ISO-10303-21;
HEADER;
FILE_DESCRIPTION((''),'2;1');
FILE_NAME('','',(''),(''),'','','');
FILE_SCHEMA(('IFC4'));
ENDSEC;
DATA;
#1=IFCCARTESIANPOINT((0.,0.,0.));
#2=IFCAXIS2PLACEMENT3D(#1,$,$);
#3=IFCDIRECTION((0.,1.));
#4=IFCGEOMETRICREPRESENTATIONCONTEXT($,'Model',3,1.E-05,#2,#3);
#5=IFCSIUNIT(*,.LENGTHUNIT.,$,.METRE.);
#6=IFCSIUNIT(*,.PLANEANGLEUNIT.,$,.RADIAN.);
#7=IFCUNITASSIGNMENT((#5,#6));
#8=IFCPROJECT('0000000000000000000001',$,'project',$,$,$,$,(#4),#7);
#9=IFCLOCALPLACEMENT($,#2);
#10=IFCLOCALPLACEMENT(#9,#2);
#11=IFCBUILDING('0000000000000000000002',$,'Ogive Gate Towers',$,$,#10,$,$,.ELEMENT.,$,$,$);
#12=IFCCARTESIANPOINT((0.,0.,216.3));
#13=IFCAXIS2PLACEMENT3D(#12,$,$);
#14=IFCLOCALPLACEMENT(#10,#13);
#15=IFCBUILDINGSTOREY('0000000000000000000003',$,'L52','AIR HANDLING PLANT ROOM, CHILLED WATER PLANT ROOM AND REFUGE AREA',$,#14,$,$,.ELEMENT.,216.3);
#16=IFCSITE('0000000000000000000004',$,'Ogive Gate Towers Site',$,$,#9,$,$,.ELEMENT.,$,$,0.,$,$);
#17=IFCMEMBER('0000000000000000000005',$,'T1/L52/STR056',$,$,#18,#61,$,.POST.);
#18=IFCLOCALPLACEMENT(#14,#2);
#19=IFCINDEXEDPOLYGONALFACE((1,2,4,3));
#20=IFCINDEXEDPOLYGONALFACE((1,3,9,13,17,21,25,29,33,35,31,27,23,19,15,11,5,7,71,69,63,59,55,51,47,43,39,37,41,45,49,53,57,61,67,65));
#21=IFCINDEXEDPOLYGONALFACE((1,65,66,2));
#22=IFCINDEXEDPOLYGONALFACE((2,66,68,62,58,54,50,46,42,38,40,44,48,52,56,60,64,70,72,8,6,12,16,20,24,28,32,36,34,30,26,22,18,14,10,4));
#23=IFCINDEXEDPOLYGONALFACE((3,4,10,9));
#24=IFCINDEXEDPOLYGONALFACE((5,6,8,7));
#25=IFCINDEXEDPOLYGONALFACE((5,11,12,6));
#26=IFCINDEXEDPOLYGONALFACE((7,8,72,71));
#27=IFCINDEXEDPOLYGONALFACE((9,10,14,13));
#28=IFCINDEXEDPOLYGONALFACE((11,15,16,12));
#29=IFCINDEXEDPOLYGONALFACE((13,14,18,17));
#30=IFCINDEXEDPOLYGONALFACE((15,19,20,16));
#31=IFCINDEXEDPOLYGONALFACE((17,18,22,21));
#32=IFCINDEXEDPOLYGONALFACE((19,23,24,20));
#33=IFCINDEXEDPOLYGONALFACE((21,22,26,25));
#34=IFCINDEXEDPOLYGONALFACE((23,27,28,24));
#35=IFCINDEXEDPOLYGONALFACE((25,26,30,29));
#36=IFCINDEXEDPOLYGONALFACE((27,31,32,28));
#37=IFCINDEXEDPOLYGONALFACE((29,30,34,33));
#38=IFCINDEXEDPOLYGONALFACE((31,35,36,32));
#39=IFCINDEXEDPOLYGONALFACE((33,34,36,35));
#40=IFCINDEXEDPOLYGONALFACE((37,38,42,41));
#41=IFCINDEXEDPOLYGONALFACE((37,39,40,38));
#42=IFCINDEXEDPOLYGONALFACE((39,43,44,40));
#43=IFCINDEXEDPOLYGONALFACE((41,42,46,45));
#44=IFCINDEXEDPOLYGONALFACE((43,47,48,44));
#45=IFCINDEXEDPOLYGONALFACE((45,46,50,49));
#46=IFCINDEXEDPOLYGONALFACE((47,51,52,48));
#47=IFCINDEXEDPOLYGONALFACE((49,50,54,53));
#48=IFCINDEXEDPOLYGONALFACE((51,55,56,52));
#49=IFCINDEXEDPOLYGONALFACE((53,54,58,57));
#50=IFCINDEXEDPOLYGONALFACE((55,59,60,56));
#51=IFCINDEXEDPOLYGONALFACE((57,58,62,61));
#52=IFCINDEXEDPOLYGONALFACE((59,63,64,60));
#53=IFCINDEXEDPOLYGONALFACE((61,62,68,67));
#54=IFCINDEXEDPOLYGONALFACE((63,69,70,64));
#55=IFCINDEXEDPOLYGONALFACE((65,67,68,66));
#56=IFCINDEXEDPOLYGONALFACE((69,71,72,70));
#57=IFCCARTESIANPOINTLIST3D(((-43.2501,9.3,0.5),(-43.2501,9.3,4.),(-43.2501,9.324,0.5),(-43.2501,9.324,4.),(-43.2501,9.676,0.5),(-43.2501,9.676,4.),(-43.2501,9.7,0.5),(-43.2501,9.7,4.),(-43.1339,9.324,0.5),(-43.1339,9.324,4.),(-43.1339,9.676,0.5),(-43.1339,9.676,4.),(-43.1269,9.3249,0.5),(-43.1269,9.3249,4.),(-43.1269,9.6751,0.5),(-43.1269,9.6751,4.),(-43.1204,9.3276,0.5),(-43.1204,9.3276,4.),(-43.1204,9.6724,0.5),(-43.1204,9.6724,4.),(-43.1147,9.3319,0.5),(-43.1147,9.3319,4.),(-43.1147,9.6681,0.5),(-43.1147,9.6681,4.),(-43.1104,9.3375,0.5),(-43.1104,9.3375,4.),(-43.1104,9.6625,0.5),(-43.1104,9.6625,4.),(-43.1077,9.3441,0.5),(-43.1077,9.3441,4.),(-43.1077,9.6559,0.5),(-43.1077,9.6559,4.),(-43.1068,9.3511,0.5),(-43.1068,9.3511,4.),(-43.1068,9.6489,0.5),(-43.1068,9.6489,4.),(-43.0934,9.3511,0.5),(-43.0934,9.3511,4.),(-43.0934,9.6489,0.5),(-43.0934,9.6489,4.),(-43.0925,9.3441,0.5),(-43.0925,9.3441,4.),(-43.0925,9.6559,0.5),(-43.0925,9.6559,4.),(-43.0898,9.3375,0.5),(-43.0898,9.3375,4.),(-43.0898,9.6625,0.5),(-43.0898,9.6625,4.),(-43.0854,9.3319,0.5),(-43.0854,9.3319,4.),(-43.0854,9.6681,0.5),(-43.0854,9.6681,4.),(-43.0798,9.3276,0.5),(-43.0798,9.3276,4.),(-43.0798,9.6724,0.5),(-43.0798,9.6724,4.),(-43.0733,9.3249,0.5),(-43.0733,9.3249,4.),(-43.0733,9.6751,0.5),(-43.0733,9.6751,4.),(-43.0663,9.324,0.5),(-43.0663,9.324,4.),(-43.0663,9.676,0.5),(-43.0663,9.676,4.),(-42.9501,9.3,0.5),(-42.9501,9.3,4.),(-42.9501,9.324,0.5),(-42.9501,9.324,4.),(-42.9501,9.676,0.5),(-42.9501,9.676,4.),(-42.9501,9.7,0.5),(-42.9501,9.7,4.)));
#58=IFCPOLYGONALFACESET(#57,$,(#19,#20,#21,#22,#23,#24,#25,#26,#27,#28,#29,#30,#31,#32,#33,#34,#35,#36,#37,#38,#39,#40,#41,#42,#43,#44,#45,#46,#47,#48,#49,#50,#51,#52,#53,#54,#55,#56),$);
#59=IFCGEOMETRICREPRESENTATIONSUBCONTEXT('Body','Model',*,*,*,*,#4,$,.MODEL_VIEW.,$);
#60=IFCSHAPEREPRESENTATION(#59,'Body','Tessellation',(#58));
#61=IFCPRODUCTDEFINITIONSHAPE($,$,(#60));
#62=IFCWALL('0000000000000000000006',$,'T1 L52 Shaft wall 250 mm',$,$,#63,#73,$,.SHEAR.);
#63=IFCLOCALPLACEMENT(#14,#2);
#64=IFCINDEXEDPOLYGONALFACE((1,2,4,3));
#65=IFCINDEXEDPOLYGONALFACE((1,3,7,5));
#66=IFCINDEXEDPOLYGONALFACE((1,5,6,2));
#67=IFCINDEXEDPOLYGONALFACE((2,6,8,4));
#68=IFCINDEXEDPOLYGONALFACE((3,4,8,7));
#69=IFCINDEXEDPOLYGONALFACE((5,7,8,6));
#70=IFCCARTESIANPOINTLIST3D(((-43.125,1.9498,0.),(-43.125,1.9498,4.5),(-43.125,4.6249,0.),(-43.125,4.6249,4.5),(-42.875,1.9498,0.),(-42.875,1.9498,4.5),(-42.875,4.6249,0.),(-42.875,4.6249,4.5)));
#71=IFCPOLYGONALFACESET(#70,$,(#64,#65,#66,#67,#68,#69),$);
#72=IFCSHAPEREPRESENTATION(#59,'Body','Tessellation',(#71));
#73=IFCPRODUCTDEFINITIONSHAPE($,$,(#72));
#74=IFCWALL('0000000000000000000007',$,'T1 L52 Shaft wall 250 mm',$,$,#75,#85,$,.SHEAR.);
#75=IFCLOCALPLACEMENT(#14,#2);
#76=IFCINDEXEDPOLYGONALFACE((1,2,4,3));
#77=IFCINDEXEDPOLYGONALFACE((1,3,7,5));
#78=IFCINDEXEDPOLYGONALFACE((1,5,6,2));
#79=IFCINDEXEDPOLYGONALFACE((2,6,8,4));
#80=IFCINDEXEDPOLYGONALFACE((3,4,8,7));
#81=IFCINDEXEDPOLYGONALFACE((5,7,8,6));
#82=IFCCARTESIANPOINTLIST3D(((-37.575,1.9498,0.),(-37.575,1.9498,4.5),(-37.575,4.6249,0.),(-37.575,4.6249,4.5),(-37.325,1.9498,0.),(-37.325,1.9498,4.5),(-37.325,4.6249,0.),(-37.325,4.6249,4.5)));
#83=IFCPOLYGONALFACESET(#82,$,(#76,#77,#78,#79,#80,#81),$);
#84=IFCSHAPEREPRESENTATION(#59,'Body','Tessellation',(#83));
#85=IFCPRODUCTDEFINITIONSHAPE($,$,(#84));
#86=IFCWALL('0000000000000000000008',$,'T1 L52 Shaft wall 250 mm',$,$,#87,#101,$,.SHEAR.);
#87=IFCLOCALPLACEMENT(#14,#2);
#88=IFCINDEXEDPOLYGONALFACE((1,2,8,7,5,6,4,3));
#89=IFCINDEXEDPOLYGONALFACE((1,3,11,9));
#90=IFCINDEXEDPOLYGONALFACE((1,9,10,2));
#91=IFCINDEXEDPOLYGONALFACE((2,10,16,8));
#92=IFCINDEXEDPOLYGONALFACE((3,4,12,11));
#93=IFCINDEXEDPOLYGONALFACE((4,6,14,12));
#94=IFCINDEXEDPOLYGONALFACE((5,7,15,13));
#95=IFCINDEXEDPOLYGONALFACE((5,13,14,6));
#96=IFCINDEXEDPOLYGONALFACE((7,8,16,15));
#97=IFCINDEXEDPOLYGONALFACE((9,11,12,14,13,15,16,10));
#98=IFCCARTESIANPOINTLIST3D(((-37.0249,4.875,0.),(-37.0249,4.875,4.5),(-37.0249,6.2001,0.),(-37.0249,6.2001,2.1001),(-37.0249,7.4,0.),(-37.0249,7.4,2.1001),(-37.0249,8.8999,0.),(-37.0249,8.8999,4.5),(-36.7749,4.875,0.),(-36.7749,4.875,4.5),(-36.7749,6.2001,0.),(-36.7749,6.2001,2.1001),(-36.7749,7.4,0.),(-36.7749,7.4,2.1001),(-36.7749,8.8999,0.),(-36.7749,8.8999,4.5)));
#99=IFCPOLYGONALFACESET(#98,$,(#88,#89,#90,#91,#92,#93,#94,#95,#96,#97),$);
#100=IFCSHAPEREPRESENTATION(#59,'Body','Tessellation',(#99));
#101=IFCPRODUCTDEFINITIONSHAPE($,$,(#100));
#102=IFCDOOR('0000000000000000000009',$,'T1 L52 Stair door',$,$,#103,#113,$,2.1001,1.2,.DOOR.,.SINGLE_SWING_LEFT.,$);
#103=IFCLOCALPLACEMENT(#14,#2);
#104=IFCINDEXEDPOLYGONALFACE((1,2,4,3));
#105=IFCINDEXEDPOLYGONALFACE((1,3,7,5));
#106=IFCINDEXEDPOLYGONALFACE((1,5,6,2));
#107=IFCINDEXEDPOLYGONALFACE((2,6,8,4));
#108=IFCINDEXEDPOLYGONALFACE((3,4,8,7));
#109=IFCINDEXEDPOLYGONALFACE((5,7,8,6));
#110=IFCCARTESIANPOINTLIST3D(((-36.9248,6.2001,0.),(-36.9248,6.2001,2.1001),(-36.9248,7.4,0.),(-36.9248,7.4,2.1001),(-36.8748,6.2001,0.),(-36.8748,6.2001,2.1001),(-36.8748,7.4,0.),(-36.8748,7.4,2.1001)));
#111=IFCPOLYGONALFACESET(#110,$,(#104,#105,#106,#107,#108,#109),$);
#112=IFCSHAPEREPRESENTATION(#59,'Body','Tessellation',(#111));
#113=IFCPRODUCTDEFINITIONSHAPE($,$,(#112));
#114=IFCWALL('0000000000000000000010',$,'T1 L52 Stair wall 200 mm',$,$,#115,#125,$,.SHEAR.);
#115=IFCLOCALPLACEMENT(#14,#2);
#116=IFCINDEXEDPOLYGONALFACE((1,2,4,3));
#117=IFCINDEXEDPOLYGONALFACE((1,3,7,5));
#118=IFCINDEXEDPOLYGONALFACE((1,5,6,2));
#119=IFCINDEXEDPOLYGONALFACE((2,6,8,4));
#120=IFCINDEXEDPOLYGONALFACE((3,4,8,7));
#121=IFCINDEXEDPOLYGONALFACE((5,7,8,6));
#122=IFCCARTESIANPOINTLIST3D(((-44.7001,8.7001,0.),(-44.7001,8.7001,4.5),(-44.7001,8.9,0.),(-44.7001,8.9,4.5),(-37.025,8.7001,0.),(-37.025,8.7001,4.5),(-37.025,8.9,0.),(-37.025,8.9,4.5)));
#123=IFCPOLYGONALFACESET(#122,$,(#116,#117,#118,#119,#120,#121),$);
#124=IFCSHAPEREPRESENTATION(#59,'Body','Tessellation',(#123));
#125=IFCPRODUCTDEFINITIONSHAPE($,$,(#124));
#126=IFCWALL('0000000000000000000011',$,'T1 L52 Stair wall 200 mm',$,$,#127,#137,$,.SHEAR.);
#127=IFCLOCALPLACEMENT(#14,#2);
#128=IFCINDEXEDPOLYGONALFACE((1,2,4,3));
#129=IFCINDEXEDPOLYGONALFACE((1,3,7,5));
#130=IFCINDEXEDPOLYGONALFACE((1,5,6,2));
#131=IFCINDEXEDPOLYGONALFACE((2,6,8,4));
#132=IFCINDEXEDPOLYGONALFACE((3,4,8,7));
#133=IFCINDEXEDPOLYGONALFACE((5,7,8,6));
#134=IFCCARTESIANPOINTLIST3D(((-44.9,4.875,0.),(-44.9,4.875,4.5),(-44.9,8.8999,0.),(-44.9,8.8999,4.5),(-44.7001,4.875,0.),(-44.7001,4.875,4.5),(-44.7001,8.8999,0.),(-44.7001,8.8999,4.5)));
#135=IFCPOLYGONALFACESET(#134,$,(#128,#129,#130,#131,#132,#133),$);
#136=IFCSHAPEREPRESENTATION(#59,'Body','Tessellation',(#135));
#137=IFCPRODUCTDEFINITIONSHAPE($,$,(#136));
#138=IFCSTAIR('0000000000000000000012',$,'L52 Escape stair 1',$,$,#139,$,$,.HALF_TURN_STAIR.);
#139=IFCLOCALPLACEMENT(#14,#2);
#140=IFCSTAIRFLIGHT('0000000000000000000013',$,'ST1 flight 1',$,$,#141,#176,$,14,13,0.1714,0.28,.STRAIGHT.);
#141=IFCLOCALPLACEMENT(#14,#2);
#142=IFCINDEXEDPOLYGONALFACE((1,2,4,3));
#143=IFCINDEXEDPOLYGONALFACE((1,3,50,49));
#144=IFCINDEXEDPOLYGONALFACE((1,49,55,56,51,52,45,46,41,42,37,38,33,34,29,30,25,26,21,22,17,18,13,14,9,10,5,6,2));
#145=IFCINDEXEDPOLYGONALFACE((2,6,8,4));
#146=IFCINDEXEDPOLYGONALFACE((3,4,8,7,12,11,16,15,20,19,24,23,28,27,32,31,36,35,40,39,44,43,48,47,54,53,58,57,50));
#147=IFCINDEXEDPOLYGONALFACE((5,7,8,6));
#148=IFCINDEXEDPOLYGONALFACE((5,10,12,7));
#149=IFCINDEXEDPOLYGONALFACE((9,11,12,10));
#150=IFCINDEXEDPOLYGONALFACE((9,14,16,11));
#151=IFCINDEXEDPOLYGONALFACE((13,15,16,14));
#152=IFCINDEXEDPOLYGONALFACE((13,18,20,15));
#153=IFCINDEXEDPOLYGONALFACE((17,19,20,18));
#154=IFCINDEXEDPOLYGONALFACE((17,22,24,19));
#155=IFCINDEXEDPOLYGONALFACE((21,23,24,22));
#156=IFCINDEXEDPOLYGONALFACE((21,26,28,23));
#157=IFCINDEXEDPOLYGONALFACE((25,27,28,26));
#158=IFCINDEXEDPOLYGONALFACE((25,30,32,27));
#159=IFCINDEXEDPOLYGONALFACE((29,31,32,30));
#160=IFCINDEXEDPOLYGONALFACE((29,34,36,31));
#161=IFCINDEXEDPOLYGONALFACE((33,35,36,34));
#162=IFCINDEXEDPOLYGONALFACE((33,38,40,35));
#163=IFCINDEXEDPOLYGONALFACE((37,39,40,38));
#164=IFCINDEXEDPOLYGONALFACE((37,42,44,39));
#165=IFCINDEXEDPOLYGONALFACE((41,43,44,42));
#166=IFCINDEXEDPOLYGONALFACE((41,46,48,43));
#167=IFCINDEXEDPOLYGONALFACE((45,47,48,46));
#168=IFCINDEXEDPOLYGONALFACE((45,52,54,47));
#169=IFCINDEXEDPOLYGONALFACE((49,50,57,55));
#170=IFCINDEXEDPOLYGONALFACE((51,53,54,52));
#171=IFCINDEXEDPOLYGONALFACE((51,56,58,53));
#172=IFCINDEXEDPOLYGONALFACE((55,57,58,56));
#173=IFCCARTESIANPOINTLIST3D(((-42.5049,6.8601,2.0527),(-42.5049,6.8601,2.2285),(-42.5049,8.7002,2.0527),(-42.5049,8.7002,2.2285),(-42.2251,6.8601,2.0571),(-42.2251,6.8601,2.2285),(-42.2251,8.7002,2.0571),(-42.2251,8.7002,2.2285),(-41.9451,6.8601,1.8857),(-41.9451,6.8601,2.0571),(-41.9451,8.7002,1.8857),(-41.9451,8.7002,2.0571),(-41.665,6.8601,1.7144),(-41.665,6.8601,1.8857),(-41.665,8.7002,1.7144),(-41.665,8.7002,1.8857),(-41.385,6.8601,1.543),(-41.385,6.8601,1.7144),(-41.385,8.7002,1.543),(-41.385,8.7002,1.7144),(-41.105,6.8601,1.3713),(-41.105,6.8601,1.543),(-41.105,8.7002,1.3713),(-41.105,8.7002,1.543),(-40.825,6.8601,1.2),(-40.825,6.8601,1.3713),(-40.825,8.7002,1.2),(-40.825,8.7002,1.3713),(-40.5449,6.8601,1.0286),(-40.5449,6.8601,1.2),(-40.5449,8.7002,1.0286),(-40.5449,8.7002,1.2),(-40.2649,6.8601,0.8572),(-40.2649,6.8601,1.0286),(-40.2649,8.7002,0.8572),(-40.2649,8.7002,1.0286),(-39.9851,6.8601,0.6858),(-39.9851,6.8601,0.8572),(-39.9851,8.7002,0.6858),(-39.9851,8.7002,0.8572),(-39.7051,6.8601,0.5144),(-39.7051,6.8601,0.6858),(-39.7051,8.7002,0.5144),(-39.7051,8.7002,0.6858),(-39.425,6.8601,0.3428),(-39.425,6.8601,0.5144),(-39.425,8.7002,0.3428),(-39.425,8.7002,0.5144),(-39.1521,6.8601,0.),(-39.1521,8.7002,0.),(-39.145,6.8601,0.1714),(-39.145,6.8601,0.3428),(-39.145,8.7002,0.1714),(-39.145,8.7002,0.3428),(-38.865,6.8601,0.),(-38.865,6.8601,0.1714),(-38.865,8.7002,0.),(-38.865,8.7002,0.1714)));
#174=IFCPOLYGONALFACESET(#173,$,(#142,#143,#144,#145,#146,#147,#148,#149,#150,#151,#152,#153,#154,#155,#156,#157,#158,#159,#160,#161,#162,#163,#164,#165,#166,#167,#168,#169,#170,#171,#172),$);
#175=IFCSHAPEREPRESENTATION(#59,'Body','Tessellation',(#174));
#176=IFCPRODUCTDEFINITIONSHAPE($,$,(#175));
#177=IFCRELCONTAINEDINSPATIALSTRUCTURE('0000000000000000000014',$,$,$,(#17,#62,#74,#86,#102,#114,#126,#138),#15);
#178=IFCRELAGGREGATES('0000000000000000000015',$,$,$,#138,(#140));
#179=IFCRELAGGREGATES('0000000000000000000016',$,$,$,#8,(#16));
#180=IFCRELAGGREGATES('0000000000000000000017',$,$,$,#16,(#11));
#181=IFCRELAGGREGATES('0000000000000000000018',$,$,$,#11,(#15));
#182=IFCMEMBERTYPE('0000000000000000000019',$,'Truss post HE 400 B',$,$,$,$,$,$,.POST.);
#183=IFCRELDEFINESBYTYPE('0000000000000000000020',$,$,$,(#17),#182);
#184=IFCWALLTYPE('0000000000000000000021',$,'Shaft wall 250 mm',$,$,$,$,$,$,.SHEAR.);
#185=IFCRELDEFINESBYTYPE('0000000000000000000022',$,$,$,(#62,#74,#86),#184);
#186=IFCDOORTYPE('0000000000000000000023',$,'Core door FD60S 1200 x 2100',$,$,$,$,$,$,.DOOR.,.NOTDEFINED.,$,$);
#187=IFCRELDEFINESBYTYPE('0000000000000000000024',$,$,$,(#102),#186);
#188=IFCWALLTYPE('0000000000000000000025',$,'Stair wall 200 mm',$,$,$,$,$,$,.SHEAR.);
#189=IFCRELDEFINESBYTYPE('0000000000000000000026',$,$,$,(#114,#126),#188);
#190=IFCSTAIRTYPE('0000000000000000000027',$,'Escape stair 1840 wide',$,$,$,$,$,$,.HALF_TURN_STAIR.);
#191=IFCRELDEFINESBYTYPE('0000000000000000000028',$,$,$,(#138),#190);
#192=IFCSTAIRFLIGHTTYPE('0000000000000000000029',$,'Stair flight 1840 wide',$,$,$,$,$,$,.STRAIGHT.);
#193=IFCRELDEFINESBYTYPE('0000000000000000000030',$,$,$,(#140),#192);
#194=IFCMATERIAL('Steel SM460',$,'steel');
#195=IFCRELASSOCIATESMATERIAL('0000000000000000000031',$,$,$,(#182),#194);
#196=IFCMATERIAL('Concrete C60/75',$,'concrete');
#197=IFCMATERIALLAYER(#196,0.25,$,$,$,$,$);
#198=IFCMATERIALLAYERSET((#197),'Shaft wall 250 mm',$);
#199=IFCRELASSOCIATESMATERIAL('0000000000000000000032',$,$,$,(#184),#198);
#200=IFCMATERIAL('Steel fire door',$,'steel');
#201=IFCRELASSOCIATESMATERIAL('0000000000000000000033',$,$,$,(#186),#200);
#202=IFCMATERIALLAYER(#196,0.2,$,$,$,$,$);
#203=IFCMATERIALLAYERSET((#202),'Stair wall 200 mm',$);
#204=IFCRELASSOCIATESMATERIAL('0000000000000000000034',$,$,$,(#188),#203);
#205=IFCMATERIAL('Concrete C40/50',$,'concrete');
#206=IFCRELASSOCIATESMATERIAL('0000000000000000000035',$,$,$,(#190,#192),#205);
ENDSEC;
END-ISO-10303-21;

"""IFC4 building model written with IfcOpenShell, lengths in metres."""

from ifc_helpers import new_model, si_unit, direction, frame, frame_2d, origin, origin_2d, place, context, subcontext, project, spatial, polyline, rectangle, i_section, outline, extrude, material, layer, layer_set, material_profile, profile_set, type_object, element, fill, aggregate, save


model = new_model("IFC4")

# Units and contexts
model_context = context("Model", 3, precision=1e-05, world=origin(), true_north=direction((0.0, 1.0)))
body_context = subcontext(model_context, "Body", "Model", "MODEL_VIEW")
ifc_project = project(units=[si_unit("LENGTHUNIT", "METRE"), si_unit("PLANEANGLEUNIT", "RADIAN")], contexts=[model_context])

# Site, building, storey
site_placement = place(None, origin())
site = spatial("IfcSite", under=ifc_project, at=site_placement, Name="Ogive Gate Towers Site", CompositionType="ELEMENT", RefElevation=0.0)
building_placement = place(site_placement, origin())
building = spatial("IfcBuilding", under=site, at=building_placement, Name="Ogive Gate Towers", CompositionType="ELEMENT")
storey_placement = place(building_placement, frame((0.0, 0.0, 216.3)))
storey = spatial("IfcBuildingStorey", under=building, at=storey_placement, Name="L52", Description="AIR HANDLING PLANT ROOM, CHILLED WATER PLANT ROOM AND REFUGE AREA", CompositionType="ELEMENT", Elevation=216.3)

# Shared definitions
ifc_material_1 = material(Name="Steel SM460", Category="steel")

# Member
ifc_material_profile_1 = material_profile(ifc_material_1, i_section(OverallWidth=0.3, OverallDepth=0.3999, WebThickness=0.0134, FlangeThickness=0.0239, FilletRadius=0.0271, at=origin_2d()), Name="HE 400 B")
ifc_profile_set_1 = profile_set([ifc_material_profile_1], Name="Steel SM460")
member_type_1 = type_object("IfcMemberType", Name="Truss post HE 400 B", PredefinedType="POST", material=ifc_profile_set_1)
member_1_placement = place(storey_placement, frame((-43.1001, 9.5, 0.5), z_axis=(0.0, 0.0, 1.0), x_axis=(1.0, 0.0, 0.0)))
element("IfcMember", 1, at=member_1_placement, inside=storey, type_object=member_type_1, Name="T1/L52/STR056", PredefinedType="POST", context=body_context, shape_type="SweptSolid", body=[
    extrude(i_section(OverallWidth=0.3, OverallDepth=0.3999, WebThickness=0.0134, FlangeThickness=0.0239, FilletRadius=0.0271, at=origin_2d()), origin(), (0.0, 0.0, 1.0), 3.5),
])

# Walls
ifc_material_2 = material(Name="Concrete C60/75", Category="concrete")
ifc_layer_1 = layer(ifc_material_2, 0.25)
ifc_layer_set_1 = layer_set([ifc_layer_1], Name="Shaft wall 250 mm")
wall_type_1 = type_object("IfcWallType", Name="Shaft wall 250 mm", PredefinedType="SHEAR", material=ifc_layer_set_1)
for number, where, z_axis, x_axis, name in (
    (2, (-43.0, 1.95, 0.0), (0.0, 0.0, 1.0), (0.0, 1.0, 0.0), "T1 L52 Shaft wall 250 mm"),
    (3, (-37.45, 1.95, 0.0), (0.0, 0.0, 1.0), (0.0, 1.0, 0.0), "T1 L52 Shaft wall 250 mm"),
):
    element("IfcWall", number, at=place(storey_placement, frame(where, z_axis=z_axis, x_axis=x_axis)), inside=storey, type_object=wall_type_1, Name=name, PredefinedType="SHEAR", context=body_context, shape_type="SweptSolid", body=[
        extrude(rectangle(XDim=2.675, YDim=0.25, at=frame_2d((1.3374, 0.0))), origin(), (0.0, 0.0, 1.0), 4.5),
    ])

# Wall, opening, door
wall_1_placement = place(storey_placement, frame((-36.8999, 4.875, 0.0), z_axis=(0.0, 0.0, 1.0), x_axis=(0.0, 1.0, 0.0)))
wall_1 = element("IfcWall", 4, at=wall_1_placement, inside=storey, type_object=wall_type_1, Name="T1 L52 Shaft wall 250 mm", PredefinedType="SHEAR", context=body_context, shape_type="SweptSolid", body=[
    extrude(rectangle(XDim=4.0249, YDim=0.25, at=frame_2d((2.0125, 0.0))), origin(), (0.0, 0.0, 1.0), 4.5),
])
opening_placement = place(wall_1_placement, frame((1.325, 0.0, 0.0)))
opening = element("IfcOpeningElement", 5, at=opening_placement, cuts=wall_1, PredefinedType="OPENING", context=body_context, shape_type="SweptSolid", body=[
    extrude(rectangle(XDim=1.2, YDim=2.1001, at=frame_2d((0.6001, 1.05))), frame((0.0, 0.135, 0.0), z_axis=(0.0, -1.0, 0.0), x_axis=(1.0, 0.0, 0.0)), (0.0, 0.0, 1.0), 0.27),
])
ifc_material_3 = material(Name="Steel fire door", Category="steel")
door_type = type_object("IfcDoorType", Name="Core door FD60S 1200 x 2100", OperationType="NOTDEFINED", PredefinedType="DOOR", material=ifc_material_3)
door_placement = place(opening_placement, origin())
door = element("IfcDoor", 6, at=door_placement, inside=storey, type_object=door_type, Name="T1 L52 Stair door", OperationType="SINGLE_SWING_LEFT", OverallHeight=2.1001, OverallWidth=1.2, PredefinedType="DOOR", context=body_context, shape_type="SweptSolid", body=[
    extrude(rectangle(XDim=1.2, YDim=2.1001, at=frame_2d((0.6001, 1.05))), frame((0.0, 0.0249, 0.0), z_axis=(0.0, -1.0, 0.0), x_axis=(1.0, 0.0, 0.0)), (0.0, 0.0, 1.0), 0.05),
])
fill(opening, door)

# Walls
ifc_layer_2 = layer(ifc_material_2, 0.2)
ifc_layer_set_2 = layer_set([ifc_layer_2], Name="Stair wall 200 mm")
wall_type_2 = type_object("IfcWallType", Name="Stair wall 200 mm", PredefinedType="SHEAR", material=ifc_layer_set_2)
wall_2_placement = place(storey_placement, frame((-44.7, 8.8, 0.0), z_axis=(0.0, 0.0, 1.0), x_axis=(1.0, 0.0, 0.0)))
element("IfcWall", 7, at=wall_2_placement, inside=storey, type_object=wall_type_2, Name="T1 L52 Stair wall 200 mm", PredefinedType="SHEAR", context=body_context, shape_type="SweptSolid", body=[
    extrude(rectangle(XDim=7.675, YDim=0.2, at=frame_2d((3.8374, 0.0))), origin(), (0.0, 0.0, 1.0), 4.5),
])
wall_3_placement = place(storey_placement, frame((-44.8, 4.875, 0.0), z_axis=(0.0, 0.0, 1.0), x_axis=(0.0, 1.0, 0.0)))
element("IfcWall", 8, at=wall_3_placement, inside=storey, type_object=wall_type_2, Name="T1 L52 Stair wall 200 mm", PredefinedType="SHEAR", context=body_context, shape_type="SweptSolid", body=[
    extrude(rectangle(XDim=4.0249, YDim=0.2, at=frame_2d((2.0125, 0.0))), origin(), (0.0, 0.0, 1.0), 4.5),
])

# Stair, stair flight
ifc_material_4 = material(Name="Concrete C40/50", Category="concrete")
stair_type = type_object("IfcStairType", Name="Escape stair 1840 wide", PredefinedType="HALF_TURN_STAIR", material=ifc_material_4)
stair_placement = place(storey_placement, origin())
stair = element("IfcStair", 9, at=stair_placement, inside=storey, type_object=stair_type, Name="L52 Escape stair 1", PredefinedType="HALF_TURN_STAIR")
stair_flight_type = type_object("IfcStairFlightType", Name="Stair flight 1840 wide", PredefinedType="STRAIGHT", material=ifc_material_4)
stair_flight_1_placement = place(storey_placement, frame((-38.865, 7.78, 0.0), z_axis=(0.0, 0.0, 1.0), x_axis=(-1.0, 0.0, 0.0)))
stair_flight_1 = element("IfcStairFlight", 10, at=stair_flight_1_placement, type_object=stair_flight_type, Name="ST1 flight 1", NumberOfRisers=14, NumberOfTreads=13, PredefinedType="STRAIGHT", RiserHeight=0.1714, TreadLength=0.28, context=body_context, shape_type="SweptSolid", body=[
    extrude(outline(polyline([(0.0, 0.0), (0.0, 0.1714), (0.28, 0.1714), (0.28, 0.3428), (0.5601, 0.3428), (0.5601, 0.5144), (0.8401, 0.5144), (0.8401, 0.6858), (1.1201, 0.6858), (1.1201, 0.8572), (1.3999, 0.8572), (1.3999, 1.0286), (1.6799, 1.0286), (1.6799, 1.2), (1.96, 1.2), (1.96, 1.3713), (2.24, 1.3713), (2.24, 1.543), (2.52, 1.543), (2.52, 1.7144), (2.8, 1.7144), (2.8, 1.8857), (3.0801, 1.8857), (3.0801, 2.0571), (3.3601, 2.0571), (3.3601, 2.2285), (3.6399, 2.2285), (3.6399, 2.3999), (3.6399, 2.0527), (0.2871, 0.0), (0.0, 0.0)])), frame((0.0, 0.9199, 0.0), z_axis=(0.0, -1.0, 0.0), x_axis=(1.0, 0.0, 0.0)), (0.0, 0.0, 1.0), 1.8401),
])
aggregate(stair, [stair_flight_1])

save(model, "model.ifc")
